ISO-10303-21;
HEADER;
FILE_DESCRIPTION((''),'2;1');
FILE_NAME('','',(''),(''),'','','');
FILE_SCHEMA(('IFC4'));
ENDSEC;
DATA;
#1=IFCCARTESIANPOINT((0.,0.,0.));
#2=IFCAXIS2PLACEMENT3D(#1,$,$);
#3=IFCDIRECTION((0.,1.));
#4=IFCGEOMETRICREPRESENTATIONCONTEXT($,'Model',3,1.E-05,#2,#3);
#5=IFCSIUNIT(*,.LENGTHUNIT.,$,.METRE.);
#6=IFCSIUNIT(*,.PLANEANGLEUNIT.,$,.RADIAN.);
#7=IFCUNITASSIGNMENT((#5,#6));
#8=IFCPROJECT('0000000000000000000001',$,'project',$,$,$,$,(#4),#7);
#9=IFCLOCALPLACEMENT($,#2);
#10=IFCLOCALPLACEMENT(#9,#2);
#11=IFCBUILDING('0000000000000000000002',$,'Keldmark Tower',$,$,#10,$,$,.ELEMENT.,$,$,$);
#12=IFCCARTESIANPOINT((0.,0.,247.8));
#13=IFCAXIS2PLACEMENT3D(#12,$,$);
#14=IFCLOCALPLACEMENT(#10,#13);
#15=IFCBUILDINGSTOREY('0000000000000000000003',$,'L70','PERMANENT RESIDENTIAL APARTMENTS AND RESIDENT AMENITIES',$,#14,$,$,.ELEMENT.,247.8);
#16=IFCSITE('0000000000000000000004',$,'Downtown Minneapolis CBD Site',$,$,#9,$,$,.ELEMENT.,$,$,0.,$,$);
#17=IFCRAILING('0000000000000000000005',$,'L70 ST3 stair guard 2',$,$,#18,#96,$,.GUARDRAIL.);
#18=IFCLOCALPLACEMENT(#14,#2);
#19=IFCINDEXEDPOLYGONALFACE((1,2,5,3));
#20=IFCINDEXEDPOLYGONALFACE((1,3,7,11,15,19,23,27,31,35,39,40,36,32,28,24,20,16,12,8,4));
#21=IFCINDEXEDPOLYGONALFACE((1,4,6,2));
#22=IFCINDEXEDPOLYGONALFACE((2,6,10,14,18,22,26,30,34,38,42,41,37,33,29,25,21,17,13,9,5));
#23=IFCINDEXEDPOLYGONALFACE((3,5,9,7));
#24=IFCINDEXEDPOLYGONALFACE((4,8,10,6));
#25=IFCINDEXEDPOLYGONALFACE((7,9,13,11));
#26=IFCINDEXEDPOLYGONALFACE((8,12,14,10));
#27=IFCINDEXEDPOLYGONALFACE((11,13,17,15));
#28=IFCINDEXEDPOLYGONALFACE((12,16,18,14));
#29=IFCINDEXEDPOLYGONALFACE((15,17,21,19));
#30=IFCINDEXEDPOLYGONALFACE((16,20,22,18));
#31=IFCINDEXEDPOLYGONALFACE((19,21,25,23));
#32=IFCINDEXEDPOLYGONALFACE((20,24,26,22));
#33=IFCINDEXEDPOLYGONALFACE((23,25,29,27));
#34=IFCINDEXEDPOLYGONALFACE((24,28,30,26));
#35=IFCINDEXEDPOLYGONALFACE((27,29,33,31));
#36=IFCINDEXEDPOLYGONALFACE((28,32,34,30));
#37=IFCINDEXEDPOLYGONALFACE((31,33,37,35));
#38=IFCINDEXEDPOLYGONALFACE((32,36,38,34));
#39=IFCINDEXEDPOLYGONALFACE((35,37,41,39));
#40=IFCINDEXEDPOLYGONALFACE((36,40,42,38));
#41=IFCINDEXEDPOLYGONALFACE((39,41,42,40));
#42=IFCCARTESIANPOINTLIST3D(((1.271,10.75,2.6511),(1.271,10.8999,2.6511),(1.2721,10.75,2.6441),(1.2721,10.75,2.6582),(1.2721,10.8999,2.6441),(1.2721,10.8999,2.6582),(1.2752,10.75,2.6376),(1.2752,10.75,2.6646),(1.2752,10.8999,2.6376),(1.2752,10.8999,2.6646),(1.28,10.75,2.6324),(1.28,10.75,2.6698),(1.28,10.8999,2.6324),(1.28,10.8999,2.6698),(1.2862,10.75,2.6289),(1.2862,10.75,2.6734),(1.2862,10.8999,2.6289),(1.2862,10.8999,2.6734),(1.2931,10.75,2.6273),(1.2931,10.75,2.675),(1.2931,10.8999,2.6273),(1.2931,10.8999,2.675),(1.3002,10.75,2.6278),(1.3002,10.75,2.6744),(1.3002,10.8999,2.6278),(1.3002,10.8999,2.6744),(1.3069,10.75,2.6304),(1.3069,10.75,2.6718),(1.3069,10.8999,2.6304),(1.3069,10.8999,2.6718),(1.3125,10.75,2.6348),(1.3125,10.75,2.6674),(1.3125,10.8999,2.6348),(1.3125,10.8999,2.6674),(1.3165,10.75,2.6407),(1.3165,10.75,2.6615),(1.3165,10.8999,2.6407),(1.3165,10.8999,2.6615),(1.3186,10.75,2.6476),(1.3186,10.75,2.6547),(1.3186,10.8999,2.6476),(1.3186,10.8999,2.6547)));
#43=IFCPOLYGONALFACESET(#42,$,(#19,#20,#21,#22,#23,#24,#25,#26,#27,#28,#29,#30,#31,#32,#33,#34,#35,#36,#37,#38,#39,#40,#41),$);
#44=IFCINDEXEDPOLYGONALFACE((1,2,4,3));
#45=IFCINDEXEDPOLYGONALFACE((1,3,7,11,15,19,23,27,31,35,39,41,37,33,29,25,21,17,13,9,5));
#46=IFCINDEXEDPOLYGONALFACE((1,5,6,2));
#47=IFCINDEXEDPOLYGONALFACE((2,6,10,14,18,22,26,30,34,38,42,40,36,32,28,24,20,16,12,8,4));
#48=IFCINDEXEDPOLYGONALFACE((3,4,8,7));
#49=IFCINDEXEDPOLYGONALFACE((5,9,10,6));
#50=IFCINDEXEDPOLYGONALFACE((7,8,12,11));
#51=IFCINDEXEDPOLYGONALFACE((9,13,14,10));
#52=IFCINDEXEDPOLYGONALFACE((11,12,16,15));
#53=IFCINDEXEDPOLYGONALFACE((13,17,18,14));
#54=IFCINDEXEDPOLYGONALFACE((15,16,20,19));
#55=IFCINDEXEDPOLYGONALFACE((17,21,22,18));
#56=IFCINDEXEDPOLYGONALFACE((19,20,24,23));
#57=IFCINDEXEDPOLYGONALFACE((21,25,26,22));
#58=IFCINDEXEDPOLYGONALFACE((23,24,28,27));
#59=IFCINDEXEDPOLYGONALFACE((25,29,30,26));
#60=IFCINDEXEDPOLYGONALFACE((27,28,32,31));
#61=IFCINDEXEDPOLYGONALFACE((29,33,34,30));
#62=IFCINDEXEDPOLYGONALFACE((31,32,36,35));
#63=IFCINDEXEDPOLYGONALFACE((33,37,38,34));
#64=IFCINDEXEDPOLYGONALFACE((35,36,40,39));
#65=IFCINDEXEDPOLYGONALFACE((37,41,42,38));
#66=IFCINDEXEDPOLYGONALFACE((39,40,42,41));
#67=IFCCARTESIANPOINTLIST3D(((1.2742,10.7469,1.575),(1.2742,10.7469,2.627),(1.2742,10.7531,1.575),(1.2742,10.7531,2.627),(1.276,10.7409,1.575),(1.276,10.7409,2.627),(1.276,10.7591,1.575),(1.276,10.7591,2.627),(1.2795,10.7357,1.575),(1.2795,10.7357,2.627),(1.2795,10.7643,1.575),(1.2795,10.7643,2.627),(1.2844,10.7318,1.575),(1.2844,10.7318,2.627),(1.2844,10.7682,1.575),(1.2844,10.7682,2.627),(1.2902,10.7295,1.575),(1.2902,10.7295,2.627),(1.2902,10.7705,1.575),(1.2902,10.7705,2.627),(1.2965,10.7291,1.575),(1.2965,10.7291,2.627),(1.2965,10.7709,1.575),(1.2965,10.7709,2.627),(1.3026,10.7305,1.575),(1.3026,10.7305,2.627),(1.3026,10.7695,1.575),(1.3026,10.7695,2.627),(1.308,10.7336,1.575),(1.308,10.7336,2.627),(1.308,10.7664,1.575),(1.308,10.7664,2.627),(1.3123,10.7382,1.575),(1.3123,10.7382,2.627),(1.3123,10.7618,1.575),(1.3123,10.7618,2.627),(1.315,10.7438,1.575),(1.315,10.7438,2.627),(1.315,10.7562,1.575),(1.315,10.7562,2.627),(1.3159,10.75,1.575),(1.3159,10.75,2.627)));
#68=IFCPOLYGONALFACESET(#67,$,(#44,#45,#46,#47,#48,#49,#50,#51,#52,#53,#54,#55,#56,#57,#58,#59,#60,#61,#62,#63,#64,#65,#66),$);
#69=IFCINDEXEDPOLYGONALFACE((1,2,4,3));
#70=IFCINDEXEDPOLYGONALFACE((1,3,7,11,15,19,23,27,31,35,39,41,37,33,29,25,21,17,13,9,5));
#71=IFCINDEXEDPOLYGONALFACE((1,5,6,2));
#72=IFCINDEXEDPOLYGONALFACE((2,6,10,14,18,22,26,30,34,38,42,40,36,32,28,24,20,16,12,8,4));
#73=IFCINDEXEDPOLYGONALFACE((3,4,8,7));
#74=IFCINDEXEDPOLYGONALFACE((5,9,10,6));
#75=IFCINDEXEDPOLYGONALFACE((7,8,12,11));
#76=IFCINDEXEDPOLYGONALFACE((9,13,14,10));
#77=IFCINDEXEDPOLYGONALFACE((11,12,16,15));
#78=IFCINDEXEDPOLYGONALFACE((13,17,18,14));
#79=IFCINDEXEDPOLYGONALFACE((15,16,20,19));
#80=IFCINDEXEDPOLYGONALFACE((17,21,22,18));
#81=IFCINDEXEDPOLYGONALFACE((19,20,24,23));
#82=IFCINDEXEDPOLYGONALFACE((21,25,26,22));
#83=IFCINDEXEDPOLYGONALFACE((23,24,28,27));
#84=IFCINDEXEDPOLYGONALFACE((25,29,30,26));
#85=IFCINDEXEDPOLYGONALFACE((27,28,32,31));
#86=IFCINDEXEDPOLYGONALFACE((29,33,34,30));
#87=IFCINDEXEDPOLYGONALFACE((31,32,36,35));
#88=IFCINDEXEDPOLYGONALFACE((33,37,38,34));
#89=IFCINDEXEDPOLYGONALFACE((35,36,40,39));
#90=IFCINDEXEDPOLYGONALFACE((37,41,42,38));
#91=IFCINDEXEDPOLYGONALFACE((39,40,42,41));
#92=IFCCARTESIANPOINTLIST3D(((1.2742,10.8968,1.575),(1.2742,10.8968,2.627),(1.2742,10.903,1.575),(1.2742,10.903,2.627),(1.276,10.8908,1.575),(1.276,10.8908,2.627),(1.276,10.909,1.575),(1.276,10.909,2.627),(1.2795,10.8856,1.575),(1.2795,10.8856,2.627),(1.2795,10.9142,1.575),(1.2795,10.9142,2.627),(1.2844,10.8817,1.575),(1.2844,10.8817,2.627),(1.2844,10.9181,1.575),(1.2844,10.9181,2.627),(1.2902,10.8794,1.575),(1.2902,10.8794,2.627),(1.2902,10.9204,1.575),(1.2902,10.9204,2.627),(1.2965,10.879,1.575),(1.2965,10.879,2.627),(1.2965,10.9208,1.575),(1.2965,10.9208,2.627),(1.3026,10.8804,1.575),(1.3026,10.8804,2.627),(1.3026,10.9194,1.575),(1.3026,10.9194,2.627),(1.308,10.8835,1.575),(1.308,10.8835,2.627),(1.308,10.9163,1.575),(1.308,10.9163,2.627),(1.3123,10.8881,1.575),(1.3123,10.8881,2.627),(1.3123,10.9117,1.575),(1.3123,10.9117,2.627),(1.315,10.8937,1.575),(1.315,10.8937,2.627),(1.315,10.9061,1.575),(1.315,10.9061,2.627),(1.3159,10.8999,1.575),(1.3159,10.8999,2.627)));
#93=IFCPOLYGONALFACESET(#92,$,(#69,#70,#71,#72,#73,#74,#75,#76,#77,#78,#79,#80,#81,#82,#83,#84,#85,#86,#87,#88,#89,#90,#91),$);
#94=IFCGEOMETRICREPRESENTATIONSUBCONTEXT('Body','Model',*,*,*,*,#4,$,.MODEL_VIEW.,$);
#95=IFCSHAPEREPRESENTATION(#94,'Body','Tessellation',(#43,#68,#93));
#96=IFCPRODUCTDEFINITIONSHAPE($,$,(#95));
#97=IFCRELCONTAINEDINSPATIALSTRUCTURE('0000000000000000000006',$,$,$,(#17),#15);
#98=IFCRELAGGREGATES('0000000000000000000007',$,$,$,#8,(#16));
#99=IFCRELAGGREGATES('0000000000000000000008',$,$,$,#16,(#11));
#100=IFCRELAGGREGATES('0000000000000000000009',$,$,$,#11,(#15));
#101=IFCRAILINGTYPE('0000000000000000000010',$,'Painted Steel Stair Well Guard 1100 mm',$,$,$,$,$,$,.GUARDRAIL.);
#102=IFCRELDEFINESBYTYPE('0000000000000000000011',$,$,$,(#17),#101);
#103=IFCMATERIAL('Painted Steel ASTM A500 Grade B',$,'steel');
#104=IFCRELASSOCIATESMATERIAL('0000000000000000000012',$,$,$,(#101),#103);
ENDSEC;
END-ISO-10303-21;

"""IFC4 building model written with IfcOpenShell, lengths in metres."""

from ifc_helpers import new_model, si_unit, direction, frame, origin, origin_2d, place, context, subcontext, project, spatial, circle, extrude, material, type_object, element, save


model = new_model("IFC4")

# Units and contexts
model_context = context("Model", 3, precision=1e-05, world=origin(), true_north=direction((0.0, 1.0)))
body_context = subcontext(model_context, "Body", "Model", "MODEL_VIEW")
ifc_project = project(units=[si_unit("LENGTHUNIT", "METRE"), si_unit("PLANEANGLEUNIT", "RADIAN")], contexts=[model_context])

# Site, building, storey
site_placement = place(None, origin())
site = spatial("IfcSite", under=ifc_project, at=site_placement, Name="Downtown Minneapolis CBD Site", CompositionType="ELEMENT", RefElevation=0.0)
building_placement = place(site_placement, origin())
building = spatial("IfcBuilding", under=site, at=building_placement, Name="Keldmark Tower", CompositionType="ELEMENT")
storey_placement = place(building_placement, frame((0.0, 0.0, 247.8)))
storey = spatial("IfcBuildingStorey", under=building, at=storey_placement, Name="L70", Description="PERMANENT RESIDENTIAL APARTMENTS AND RESIDENT AMENITIES", CompositionType="ELEMENT", Elevation=247.8)

# Railing
ifc_material_1 = material(Name="Painted Steel ASTM A500 Grade B", Category="steel")
railing_type_1 = type_object("IfcRailingType", Name="Painted Steel Stair Well Guard 1100 mm", PredefinedType="GUARDRAIL", material=ifc_material_1)
railing_1_placement = place(storey_placement, frame((1.2949, 10.75, 1.575)))
element("IfcRailing", 1, at=railing_1_placement, inside=storey, type_object=railing_type_1, Name="L70 ST3 stair guard 2", PredefinedType="GUARDRAIL", context=body_context, shape_type="SweptSolid", body=[
    extrude(circle(Radius=0.0239, at=origin_2d()), frame((0.0, 0.0, 1.0762), z_axis=(0.0, 1.0, 0.0), x_axis=(-1.0, 0.0, 0.0)), (0.0, 0.0, 1.0), 0.1499),
    extrude(circle(Radius=0.021, at=origin_2d()), origin(), (0.0, 0.0, 1.0), 1.052),
    extrude(circle(Radius=0.021, at=origin_2d()), frame((0.0, 0.1499, 0.0)), (0.0, 0.0, 1.0), 1.052),
])

save(model, "model.ifc")
